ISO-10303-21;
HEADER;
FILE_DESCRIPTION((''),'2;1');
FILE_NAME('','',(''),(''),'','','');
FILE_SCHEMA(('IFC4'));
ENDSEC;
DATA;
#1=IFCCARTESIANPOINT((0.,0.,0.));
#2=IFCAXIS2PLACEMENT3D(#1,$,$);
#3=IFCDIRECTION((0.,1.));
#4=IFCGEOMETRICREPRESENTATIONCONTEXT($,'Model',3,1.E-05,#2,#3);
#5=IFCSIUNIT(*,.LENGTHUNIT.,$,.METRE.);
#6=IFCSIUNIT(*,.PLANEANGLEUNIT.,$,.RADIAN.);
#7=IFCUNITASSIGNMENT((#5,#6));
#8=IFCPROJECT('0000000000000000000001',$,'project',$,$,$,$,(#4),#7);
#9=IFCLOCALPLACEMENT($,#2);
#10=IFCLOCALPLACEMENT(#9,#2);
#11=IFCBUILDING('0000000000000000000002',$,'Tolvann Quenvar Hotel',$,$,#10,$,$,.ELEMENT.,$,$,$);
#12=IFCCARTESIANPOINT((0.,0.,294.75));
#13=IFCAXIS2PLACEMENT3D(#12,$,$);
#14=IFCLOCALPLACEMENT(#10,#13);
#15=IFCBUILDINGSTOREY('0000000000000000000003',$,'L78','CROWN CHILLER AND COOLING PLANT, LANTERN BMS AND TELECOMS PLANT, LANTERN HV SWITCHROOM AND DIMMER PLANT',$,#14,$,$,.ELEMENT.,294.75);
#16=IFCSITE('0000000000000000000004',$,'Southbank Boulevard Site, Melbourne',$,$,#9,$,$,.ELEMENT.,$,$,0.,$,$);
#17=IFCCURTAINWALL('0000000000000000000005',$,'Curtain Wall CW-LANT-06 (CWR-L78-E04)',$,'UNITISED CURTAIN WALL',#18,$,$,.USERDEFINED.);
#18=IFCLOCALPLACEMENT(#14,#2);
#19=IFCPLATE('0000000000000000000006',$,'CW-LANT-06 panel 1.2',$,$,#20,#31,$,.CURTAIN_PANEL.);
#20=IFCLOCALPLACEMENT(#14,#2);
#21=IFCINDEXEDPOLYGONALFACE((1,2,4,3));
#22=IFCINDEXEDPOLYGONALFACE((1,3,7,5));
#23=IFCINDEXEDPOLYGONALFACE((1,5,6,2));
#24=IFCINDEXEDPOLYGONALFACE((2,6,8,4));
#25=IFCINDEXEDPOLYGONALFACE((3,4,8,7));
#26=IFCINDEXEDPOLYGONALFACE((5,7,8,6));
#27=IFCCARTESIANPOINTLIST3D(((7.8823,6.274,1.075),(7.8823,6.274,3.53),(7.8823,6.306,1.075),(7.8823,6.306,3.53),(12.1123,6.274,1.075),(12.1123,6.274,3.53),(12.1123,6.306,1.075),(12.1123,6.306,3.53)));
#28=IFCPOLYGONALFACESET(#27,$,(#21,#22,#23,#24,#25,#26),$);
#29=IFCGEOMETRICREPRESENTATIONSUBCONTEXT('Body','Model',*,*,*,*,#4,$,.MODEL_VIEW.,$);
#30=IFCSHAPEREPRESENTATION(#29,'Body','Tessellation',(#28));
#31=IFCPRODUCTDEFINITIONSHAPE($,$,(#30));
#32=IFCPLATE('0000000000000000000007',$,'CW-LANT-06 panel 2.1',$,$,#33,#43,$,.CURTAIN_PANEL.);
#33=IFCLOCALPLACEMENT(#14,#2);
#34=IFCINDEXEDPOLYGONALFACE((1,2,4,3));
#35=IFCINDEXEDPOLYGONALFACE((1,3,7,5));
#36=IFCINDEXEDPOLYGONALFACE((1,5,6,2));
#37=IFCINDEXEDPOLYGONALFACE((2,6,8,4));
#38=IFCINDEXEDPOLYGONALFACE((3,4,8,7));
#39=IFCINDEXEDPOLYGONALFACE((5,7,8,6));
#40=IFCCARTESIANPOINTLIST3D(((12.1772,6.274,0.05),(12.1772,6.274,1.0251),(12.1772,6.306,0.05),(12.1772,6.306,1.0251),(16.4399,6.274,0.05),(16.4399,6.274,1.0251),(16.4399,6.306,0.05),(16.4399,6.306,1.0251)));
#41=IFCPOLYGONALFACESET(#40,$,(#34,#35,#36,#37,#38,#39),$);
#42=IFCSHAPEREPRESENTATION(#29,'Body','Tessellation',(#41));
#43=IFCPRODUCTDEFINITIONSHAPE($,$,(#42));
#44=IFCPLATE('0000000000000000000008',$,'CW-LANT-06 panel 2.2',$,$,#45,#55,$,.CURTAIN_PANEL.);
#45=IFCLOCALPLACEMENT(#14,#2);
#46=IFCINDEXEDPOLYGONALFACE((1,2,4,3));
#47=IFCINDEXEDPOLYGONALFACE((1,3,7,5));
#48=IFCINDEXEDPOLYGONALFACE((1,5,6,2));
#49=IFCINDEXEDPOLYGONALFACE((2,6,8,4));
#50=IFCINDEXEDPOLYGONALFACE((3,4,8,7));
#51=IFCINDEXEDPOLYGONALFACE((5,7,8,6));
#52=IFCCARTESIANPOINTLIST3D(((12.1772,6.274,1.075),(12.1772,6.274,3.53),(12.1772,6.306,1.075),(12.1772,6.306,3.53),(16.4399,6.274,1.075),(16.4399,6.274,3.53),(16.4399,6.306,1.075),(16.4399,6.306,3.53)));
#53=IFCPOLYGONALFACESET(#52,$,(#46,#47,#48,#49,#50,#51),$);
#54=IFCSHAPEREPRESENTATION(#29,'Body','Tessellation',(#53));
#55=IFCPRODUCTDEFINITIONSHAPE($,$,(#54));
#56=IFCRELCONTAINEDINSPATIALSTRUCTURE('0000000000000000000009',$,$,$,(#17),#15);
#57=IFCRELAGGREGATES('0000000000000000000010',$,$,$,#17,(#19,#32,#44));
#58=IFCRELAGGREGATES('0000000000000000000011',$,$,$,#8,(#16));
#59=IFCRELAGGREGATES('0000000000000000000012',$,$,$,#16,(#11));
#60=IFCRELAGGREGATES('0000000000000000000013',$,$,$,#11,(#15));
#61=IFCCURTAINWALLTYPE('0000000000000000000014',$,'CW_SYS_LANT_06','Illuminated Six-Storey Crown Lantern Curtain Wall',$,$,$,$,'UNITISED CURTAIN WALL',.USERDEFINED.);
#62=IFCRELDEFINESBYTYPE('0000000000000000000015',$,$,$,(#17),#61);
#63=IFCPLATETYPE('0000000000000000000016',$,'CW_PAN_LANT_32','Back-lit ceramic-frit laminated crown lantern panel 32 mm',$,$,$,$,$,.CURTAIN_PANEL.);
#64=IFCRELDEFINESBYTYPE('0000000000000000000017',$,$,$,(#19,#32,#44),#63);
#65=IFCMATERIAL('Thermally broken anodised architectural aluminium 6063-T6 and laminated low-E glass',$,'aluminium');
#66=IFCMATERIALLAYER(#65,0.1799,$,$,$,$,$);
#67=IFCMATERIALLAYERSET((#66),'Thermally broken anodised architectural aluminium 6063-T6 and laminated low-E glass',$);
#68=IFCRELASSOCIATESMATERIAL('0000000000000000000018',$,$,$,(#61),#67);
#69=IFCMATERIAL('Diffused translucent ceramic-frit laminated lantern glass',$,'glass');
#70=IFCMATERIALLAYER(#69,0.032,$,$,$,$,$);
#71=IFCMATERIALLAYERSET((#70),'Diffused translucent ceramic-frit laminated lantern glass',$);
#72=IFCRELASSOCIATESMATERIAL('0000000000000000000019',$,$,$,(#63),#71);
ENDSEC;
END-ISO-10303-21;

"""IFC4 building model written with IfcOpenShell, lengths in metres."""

from ifc_helpers import new_model, si_unit, direction, frame, origin, origin_2d, place, context, subcontext, project, spatial, rectangle, extrude, source, transform, mapped, material, layer, layer_set, type_object, element, aggregate, save


model = new_model("IFC4")

# Units and contexts
model_context = context("Model", 3, precision=1e-05, world=origin(), true_north=direction((0.0, 1.0)))
body_context = subcontext(model_context, "Body", "Model", "MODEL_VIEW")
ifc_project = project(units=[si_unit("LENGTHUNIT", "METRE"), si_unit("PLANEANGLEUNIT", "RADIAN")], contexts=[model_context])

# Site, building, storey
site_placement = place(None, origin())
site = spatial("IfcSite", under=ifc_project, at=site_placement, Name="Southbank Boulevard Site, Melbourne", CompositionType="ELEMENT", RefElevation=0.0)
building_placement = place(site_placement, origin())
building = spatial("IfcBuilding", under=site, at=building_placement, Name="Tolvann Quenvar Hotel", CompositionType="ELEMENT")
storey_placement = place(building_placement, frame((0.0, 0.0, 294.75)))
storey = spatial("IfcBuildingStorey", under=building, at=storey_placement, Name="L78", Description="CROWN CHILLER AND COOLING PLANT, LANTERN BMS AND TELECOMS PLANT, LANTERN HV SWITCHROOM AND DIMMER PLANT", CompositionType="ELEMENT", Elevation=294.75)

# Shared definitions
ifc_material_1 = material(Name="Thermally broken anodised architectural aluminium 6063-T6 and laminated low-E glass", Category="aluminium")
ifc_layer_1 = layer(ifc_material_1, 0.1799)
ifc_layer_set_1 = layer_set([ifc_layer_1], Name="Thermally broken anodised architectural aluminium 6063-T6 and laminated low-E glass")
curtain_wall_type = type_object("IfcCurtainWallType", Name="CW_SYS_LANT_06", Description="Illuminated Six-Storey Crown Lantern Curtain Wall", ElementType="UNITISED CURTAIN WALL", PredefinedType="USERDEFINED", material=ifc_layer_set_1)

# Curtain wall
curtain_wall_1_placement = place(storey_placement, origin())
curtain_wall_1 = element("IfcCurtainWall", 1, at=curtain_wall_1_placement, inside=storey, type_object=curtain_wall_type, Name="Curtain Wall CW-LANT-06 (CWR-L78-E04)", ObjectType="UNITISED CURTAIN WALL", PredefinedType="USERDEFINED")

# Plates
ifc_material_2 = material(Name="Diffused translucent ceramic-frit laminated lantern glass", Category="glass")
ifc_layer_2 = layer(ifc_material_2, 0.032)
ifc_layer_set_2 = layer_set([ifc_layer_2], Name="Diffused translucent ceramic-frit laminated lantern glass")
plate_type = type_object("IfcPlateType", Name="CW_PAN_LANT_32", Description="Back-lit ceramic-frit laminated crown lantern panel 32 mm", PredefinedType="CURTAIN_PANEL", material=ifc_layer_set_2)
shared_shape_1 = source(origin(), body_context, "Body", "SweptSolid", [
    extrude(rectangle(XDim=4.23, YDim=0.032, at=origin_2d()), origin(), (0.0, 0.0, 1.0), 2.4551),
])
plate_1_placement = place(storey_placement, frame((9.9973, 6.29, 1.075), z_axis=(0.0, 0.0, 1.0), x_axis=(1.0, 0.0, 0.0)))
plate_1 = element("IfcPlate", 2, at=plate_1_placement, type_object=plate_type, Name="CW-LANT-06 panel 1.2", PredefinedType="CURTAIN_PANEL", context=body_context, shape_type="MappedRepresentation", body=[
    mapped(shared_shape_1, transform((0.0, 0.0, 0.0), x_axis=(1.0, 0.0, 0.0), y_axis=(0.0, 1.0, 0.0), z_axis=(0.0, 0.0, 1.0), scale=1.0)),
])
shared_shape_2 = source(origin(), body_context, "Body", "SweptSolid", [
    extrude(rectangle(XDim=4.2627, YDim=0.032, at=origin_2d()), origin(), (0.0, 0.0, 1.0), 0.9751),
])
plate_2_placement = place(storey_placement, frame((14.3086, 6.29, 0.05), z_axis=(0.0, 0.0, 1.0), x_axis=(1.0, 0.0, 0.0)))
plate_2 = element("IfcPlate", 3, at=plate_2_placement, type_object=plate_type, Name="CW-LANT-06 panel 2.1", PredefinedType="CURTAIN_PANEL", context=body_context, shape_type="MappedRepresentation", body=[
    mapped(shared_shape_2, transform((0.0, 0.0, 0.0), x_axis=(1.0, 0.0, 0.0), y_axis=(0.0, 1.0, 0.0), z_axis=(0.0, 0.0, 1.0), scale=1.0)),
])
shared_shape_3 = source(origin(), body_context, "Body", "SweptSolid", [
    extrude(rectangle(XDim=4.2627, YDim=0.032, at=origin_2d()), origin(), (0.0, 0.0, 1.0), 2.4551),
])
plate_3_placement = place(storey_placement, frame((14.3086, 6.29, 1.075), z_axis=(0.0, 0.0, 1.0), x_axis=(1.0, 0.0, 0.0)))
plate_3 = element("IfcPlate", 4, at=plate_3_placement, type_object=plate_type, Name="CW-LANT-06 panel 2.2", PredefinedType="CURTAIN_PANEL", context=body_context, shape_type="MappedRepresentation", body=[
    mapped(shared_shape_3, transform((0.0, 0.0, 0.0), x_axis=(1.0, 0.0, 0.0), y_axis=(0.0, 1.0, 0.0), z_axis=(0.0, 0.0, 1.0), scale=1.0)),
])
aggregate(curtain_wall_1, [plate_1, plate_2, plate_3])

save(model, "model.ifc")
